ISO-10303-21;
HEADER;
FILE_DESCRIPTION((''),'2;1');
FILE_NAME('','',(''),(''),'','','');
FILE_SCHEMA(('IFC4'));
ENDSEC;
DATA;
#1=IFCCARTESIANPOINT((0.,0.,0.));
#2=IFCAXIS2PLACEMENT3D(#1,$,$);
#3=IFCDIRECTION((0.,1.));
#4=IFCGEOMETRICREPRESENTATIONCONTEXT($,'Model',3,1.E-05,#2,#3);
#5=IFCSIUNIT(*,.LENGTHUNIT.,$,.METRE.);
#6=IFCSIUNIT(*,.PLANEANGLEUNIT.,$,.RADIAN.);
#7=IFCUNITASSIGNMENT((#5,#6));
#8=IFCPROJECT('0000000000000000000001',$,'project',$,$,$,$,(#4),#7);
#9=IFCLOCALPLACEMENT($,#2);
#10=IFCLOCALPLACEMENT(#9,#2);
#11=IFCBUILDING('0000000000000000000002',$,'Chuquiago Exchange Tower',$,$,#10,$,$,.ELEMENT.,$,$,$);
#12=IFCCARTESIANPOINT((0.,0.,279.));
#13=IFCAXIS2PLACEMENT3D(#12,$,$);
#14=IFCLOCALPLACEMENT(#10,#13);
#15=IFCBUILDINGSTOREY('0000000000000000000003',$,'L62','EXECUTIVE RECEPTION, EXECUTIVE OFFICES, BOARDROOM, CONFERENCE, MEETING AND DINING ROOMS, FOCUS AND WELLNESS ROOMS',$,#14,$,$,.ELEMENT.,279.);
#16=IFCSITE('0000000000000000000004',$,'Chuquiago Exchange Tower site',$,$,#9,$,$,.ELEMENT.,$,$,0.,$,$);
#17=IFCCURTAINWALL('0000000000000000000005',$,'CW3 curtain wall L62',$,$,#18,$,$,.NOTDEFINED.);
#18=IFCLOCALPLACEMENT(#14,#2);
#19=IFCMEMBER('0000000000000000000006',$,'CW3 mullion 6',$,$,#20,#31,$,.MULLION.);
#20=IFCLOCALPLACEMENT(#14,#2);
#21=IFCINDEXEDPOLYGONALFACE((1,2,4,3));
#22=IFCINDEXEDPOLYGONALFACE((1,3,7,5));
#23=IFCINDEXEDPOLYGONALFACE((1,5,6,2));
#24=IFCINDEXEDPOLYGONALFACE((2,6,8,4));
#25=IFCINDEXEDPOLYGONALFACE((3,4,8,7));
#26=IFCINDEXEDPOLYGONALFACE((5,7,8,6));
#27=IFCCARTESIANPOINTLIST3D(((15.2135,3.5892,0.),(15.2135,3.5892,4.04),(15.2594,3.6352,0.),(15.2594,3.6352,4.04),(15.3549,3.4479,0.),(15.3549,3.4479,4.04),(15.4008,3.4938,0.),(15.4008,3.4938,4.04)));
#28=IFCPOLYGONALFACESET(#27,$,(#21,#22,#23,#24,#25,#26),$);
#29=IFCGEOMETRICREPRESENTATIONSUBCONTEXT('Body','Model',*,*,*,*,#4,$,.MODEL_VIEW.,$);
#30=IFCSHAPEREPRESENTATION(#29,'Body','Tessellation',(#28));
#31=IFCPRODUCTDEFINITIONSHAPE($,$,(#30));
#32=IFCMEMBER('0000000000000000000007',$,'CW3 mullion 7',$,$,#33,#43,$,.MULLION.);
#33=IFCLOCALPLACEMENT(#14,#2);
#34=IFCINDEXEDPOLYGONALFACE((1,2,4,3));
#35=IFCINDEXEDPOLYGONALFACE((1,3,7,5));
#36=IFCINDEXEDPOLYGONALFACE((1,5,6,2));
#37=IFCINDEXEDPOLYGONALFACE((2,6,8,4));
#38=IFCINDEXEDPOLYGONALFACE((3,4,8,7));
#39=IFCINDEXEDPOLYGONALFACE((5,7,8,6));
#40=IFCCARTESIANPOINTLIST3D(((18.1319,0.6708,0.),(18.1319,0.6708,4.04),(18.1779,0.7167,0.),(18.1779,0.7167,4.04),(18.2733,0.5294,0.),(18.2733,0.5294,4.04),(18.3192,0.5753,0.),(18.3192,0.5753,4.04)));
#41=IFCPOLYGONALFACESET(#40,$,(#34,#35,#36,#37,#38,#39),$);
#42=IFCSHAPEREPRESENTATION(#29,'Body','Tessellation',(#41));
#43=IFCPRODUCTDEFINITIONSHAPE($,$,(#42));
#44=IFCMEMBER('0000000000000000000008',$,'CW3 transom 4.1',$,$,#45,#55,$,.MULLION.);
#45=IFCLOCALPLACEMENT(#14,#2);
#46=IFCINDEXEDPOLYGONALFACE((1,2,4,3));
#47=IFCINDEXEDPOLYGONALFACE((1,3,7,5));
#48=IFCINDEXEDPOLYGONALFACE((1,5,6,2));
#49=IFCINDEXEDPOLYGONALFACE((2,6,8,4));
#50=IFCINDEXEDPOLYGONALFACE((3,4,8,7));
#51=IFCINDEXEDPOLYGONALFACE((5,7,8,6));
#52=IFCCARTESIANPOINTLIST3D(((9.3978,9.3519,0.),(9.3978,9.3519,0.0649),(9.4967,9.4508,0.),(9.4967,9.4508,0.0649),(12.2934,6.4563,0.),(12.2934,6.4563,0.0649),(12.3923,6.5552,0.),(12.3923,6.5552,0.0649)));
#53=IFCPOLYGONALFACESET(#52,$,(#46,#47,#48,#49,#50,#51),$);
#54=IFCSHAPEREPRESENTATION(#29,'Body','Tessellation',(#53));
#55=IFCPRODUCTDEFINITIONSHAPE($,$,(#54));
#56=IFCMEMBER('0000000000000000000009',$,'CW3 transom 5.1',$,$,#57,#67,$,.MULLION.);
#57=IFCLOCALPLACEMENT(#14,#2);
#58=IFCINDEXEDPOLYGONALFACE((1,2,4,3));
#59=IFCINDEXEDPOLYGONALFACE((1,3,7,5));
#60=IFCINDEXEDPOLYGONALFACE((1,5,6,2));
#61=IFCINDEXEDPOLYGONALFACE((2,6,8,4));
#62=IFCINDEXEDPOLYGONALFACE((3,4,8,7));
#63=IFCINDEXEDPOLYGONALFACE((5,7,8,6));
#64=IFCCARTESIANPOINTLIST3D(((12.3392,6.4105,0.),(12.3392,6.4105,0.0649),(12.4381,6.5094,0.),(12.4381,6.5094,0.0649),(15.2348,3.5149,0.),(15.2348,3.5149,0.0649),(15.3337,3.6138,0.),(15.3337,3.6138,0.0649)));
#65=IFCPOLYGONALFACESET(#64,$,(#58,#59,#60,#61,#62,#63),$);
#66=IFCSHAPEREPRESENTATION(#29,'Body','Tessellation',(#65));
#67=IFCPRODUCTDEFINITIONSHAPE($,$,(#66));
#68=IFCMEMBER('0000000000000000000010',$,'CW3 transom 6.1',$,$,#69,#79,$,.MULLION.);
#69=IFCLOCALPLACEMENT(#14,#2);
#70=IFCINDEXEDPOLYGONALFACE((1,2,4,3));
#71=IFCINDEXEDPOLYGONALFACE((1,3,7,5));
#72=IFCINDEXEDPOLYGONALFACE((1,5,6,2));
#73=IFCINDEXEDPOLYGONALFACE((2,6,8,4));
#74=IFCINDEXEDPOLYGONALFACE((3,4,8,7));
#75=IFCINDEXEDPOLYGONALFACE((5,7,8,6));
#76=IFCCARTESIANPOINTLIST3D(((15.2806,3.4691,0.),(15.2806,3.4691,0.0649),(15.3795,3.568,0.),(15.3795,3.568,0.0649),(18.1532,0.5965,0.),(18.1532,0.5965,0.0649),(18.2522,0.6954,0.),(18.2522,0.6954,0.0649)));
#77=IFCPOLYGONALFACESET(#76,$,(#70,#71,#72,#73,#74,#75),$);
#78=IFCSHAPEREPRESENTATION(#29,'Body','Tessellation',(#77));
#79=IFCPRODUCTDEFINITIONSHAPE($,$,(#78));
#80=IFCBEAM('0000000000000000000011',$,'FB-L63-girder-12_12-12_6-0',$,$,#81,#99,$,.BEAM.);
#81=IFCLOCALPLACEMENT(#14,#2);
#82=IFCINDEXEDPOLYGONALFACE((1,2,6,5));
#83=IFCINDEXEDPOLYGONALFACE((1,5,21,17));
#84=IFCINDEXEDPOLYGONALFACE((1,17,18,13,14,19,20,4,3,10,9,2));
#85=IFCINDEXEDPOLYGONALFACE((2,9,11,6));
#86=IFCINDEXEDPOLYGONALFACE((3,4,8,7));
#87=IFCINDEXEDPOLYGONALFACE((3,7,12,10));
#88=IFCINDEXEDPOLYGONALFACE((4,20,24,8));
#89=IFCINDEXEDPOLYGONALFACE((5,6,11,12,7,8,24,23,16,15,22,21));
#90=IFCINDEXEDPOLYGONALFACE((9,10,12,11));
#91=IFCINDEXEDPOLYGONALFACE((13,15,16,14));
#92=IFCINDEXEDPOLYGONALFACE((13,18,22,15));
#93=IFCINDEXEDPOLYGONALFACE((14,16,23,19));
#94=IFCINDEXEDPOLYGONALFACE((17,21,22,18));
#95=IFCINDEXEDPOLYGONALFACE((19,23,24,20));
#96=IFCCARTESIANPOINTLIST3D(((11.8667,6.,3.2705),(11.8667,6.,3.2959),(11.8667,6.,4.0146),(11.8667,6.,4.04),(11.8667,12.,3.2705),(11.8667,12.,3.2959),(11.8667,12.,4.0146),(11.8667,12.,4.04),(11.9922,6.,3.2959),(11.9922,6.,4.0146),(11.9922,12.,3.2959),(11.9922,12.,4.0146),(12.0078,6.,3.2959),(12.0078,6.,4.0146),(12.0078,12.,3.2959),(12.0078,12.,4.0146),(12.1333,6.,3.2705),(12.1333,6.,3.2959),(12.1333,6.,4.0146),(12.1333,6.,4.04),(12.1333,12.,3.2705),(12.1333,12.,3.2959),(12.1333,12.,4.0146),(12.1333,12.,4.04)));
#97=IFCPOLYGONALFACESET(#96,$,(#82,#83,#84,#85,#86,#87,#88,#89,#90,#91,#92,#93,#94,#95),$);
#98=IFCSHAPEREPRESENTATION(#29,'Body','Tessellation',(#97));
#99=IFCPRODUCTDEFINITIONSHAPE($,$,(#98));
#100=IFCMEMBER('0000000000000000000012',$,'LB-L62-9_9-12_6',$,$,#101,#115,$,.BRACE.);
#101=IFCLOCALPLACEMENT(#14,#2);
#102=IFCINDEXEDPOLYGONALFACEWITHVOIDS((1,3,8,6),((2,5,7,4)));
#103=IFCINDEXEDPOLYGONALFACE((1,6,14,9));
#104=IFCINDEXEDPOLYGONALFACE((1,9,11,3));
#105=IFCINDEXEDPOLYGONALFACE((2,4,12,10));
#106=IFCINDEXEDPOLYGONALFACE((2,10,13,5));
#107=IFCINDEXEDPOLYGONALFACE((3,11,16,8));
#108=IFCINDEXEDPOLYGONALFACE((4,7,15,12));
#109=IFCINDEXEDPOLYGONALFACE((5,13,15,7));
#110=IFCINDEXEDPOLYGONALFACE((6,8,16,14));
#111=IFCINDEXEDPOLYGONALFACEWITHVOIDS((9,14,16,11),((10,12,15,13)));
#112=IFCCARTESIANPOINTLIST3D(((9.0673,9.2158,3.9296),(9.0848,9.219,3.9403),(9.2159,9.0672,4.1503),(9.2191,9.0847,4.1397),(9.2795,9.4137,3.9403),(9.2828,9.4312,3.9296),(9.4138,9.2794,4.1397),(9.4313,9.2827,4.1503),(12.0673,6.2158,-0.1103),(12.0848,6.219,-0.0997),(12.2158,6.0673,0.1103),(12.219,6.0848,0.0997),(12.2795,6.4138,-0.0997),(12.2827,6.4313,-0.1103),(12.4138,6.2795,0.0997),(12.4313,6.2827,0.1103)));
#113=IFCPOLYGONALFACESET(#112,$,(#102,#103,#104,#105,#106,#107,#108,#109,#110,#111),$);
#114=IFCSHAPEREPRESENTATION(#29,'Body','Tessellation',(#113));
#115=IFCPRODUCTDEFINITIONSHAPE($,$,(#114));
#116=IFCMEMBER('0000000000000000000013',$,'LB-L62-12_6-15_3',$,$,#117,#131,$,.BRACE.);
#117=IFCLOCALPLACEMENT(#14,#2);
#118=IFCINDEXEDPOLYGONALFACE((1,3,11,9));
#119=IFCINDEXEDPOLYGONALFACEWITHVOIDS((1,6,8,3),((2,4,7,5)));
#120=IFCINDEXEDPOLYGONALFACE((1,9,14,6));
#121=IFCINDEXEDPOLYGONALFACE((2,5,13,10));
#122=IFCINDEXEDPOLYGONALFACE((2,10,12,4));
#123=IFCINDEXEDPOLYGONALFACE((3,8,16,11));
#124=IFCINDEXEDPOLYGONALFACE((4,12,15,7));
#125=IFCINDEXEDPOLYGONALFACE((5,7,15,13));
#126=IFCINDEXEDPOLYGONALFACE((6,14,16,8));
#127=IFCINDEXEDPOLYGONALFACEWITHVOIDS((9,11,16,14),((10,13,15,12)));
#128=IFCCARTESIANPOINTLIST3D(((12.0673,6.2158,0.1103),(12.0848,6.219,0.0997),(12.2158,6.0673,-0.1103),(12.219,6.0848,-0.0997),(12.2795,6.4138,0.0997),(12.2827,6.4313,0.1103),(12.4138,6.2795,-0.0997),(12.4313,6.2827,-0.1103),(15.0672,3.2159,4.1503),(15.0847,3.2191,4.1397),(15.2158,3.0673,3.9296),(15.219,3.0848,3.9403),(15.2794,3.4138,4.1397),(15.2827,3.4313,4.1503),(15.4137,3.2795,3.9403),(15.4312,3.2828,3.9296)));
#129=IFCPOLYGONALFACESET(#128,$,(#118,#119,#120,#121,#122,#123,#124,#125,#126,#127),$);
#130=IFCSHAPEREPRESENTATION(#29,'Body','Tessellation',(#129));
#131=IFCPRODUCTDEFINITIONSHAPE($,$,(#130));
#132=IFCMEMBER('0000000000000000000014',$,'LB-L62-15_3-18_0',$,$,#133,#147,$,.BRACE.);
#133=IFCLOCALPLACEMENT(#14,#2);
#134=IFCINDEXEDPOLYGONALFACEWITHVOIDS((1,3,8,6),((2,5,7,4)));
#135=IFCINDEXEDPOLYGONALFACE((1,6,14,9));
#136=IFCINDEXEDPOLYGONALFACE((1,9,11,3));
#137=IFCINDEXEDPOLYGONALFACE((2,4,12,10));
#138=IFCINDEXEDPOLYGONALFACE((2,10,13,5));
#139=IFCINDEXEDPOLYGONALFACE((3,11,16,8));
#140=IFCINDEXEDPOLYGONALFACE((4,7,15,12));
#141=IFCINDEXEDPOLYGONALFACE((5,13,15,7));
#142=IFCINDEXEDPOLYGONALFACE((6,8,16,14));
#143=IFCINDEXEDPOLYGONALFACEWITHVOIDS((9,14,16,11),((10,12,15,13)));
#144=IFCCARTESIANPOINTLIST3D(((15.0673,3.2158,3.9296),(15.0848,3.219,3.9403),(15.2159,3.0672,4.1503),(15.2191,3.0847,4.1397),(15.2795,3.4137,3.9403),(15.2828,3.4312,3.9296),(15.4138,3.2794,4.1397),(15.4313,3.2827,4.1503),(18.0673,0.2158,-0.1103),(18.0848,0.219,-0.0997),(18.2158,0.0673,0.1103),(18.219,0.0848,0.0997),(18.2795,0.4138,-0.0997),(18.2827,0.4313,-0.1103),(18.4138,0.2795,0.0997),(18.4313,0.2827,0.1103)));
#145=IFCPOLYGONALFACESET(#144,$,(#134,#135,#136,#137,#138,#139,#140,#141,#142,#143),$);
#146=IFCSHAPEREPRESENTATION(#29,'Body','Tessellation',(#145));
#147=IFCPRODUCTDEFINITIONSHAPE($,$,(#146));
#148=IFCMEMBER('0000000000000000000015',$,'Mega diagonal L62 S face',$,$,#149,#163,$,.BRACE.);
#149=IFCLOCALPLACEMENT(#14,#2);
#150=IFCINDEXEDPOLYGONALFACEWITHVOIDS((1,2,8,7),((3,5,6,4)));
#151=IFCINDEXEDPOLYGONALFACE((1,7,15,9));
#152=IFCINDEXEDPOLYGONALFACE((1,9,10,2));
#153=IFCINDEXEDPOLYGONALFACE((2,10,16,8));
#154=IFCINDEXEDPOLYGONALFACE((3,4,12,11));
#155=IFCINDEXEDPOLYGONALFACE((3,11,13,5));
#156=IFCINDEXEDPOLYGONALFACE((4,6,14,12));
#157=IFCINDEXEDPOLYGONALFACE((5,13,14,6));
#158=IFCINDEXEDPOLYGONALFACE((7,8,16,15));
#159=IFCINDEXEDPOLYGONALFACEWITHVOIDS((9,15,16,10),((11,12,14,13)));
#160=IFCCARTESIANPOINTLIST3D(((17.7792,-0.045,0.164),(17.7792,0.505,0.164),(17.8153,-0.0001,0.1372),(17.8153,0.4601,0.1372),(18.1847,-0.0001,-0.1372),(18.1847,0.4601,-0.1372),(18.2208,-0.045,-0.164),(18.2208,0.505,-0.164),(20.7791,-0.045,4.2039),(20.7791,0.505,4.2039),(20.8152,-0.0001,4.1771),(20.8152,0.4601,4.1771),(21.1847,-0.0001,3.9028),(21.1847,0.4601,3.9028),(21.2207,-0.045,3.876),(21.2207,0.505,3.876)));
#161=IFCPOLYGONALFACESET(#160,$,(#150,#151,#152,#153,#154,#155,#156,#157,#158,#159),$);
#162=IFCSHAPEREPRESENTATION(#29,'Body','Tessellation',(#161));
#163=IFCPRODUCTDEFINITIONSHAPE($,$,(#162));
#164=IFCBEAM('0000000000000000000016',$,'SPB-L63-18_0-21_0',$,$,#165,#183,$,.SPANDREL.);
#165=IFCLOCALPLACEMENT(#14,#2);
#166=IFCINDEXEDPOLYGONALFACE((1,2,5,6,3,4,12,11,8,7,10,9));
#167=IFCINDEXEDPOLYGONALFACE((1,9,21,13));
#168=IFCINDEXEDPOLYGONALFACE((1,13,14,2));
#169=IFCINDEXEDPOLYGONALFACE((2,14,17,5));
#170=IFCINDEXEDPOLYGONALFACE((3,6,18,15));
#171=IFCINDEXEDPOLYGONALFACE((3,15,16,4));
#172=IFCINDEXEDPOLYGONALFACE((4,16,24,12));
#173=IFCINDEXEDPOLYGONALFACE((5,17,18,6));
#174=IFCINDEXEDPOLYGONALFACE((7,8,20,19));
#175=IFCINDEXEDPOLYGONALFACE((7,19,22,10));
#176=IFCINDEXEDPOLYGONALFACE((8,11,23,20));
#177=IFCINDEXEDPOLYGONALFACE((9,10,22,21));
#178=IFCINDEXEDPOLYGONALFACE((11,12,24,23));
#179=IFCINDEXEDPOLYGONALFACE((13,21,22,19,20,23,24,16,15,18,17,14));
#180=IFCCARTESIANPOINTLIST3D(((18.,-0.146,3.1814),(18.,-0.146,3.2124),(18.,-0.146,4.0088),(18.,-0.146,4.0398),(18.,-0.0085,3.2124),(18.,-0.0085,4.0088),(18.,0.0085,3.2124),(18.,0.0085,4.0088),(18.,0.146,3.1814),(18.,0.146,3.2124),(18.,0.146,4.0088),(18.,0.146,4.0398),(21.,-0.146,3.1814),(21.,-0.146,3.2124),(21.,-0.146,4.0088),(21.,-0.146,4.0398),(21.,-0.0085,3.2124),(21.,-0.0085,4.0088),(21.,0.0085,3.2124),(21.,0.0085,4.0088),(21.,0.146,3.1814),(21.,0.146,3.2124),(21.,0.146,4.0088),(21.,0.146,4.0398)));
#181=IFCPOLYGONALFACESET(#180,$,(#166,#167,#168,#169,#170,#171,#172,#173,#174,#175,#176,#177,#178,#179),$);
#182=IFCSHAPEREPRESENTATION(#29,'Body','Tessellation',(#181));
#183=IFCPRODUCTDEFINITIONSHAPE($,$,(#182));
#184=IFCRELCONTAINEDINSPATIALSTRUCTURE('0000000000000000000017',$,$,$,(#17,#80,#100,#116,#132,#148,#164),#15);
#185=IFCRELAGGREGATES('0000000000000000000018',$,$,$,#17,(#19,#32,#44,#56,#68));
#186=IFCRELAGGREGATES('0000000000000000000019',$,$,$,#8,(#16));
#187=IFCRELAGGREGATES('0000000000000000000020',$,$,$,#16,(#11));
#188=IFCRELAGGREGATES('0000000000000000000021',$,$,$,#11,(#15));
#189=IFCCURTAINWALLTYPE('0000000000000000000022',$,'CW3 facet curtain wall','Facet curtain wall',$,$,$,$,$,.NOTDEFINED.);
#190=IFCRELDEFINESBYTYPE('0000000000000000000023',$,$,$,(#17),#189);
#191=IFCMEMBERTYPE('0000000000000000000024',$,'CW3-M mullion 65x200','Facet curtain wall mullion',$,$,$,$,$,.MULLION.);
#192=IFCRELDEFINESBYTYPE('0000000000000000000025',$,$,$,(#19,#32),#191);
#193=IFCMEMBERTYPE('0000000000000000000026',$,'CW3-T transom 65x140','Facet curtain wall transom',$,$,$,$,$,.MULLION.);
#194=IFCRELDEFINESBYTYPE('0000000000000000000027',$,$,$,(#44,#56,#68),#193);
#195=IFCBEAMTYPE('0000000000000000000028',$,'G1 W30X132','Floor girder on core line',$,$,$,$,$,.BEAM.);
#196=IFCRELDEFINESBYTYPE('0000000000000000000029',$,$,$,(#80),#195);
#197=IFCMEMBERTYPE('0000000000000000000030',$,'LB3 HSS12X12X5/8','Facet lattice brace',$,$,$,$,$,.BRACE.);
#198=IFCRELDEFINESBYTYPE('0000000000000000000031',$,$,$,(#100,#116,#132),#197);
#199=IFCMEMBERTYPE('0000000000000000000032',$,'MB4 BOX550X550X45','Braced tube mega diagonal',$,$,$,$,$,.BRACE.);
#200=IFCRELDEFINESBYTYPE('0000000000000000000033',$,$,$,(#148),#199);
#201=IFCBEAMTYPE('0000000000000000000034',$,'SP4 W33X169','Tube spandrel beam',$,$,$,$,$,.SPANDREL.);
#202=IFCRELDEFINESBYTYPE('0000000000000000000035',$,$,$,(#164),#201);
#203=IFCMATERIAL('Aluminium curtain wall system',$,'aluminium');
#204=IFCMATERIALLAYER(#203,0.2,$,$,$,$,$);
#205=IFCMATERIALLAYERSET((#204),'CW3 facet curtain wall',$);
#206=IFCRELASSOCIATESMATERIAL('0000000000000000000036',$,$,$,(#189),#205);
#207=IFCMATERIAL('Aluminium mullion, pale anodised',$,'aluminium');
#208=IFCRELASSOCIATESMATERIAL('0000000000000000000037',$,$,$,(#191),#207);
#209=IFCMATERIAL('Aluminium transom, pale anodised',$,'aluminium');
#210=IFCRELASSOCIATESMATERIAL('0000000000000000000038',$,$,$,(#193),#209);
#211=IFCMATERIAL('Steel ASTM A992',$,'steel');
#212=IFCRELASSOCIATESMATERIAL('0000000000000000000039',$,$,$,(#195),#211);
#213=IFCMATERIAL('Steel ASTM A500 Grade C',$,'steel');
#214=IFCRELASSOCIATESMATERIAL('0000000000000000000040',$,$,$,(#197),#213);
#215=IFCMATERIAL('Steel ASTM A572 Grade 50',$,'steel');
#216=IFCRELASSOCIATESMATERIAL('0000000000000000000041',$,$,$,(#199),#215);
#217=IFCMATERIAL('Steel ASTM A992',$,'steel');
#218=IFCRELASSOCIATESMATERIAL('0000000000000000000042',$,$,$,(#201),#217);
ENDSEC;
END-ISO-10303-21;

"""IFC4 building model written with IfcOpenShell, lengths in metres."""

from ifc_helpers import new_model, si_unit, direction, frame, origin, origin_2d, place, context, subcontext, project, spatial, rectangle, hollow_rectangle, i_section, extrude, material, layer, layer_set, material_profile, profile_set, type_object, element, aggregate, save


model = new_model("IFC4")

# Units and contexts
model_context = context("Model", 3, precision=1e-05, world=origin(), true_north=direction((0.0, 1.0)))
body_context = subcontext(model_context, "Body", "Model", "MODEL_VIEW")
ifc_project = project(units=[si_unit("LENGTHUNIT", "METRE"), si_unit("PLANEANGLEUNIT", "RADIAN")], contexts=[model_context])

# Site, building, storey
site_placement = place(None, origin())
site = spatial("IfcSite", under=ifc_project, at=site_placement, Name="Chuquiago Exchange Tower site", CompositionType="ELEMENT", RefElevation=0.0)
building_placement = place(site_placement, origin())
building = spatial("IfcBuilding", under=site, at=building_placement, Name="Chuquiago Exchange Tower", CompositionType="ELEMENT")
storey_placement = place(building_placement, frame((0.0, 0.0, 279.0)))
storey = spatial("IfcBuildingStorey", under=building, at=storey_placement, Name="L62", Description="EXECUTIVE RECEPTION, EXECUTIVE OFFICES, BOARDROOM, CONFERENCE, MEETING AND DINING ROOMS, FOCUS AND WELLNESS ROOMS", CompositionType="ELEMENT", Elevation=279.0)

# Curtain wall, members
ifc_material_1 = material(Name="Aluminium curtain wall system", Category="aluminium")
ifc_layer_1 = layer(ifc_material_1, 0.2)
ifc_layer_set_1 = layer_set([ifc_layer_1], Name="CW3 facet curtain wall")
curtain_wall_type_1 = type_object("IfcCurtainWallType", Name="CW3 facet curtain wall", Description="Facet curtain wall", PredefinedType="NOTDEFINED", material=ifc_layer_set_1)
curtain_wall_1_placement = place(storey_placement, origin())
curtain_wall_1 = element("IfcCurtainWall", 1, at=curtain_wall_1_placement, inside=storey, type_object=curtain_wall_type_1, Name="CW3 curtain wall L62", PredefinedType="NOTDEFINED")
ifc_material_2 = material(Name="Aluminium mullion, pale anodised", Category="aluminium")
ifc_material_profile_1 = material_profile(ifc_material_2, rectangle(XDim=0.0649, YDim=0.2, at=origin_2d()), Name="AL 65x200")
ifc_profile_set_1 = profile_set([ifc_material_profile_1], Name="Aluminium mullion, pale anodised")
member_type_1 = type_object("IfcMemberType", Name="CW3-M mullion 65x200", Description="Facet curtain wall mullion", PredefinedType="MULLION", material=ifc_profile_set_1)
member_1_placement = place(storey_placement, frame((15.3071, 3.5415, 0.0), z_axis=(0.0, 0.0, 1.0), x_axis=(0.707107, 0.707107, 0.0)))
member_1 = element("IfcMember", 2, at=member_1_placement, type_object=member_type_1, Name="CW3 mullion 6", PredefinedType="MULLION", context=body_context, shape_type="SweptSolid", body=[
    extrude(rectangle(XDim=0.0649, YDim=0.2, at=origin_2d()), origin(), (0.0, 0.0, 1.0), 4.04),
])
member_2_placement = place(storey_placement, frame((18.2256, 0.623, 0.0), z_axis=(0.0, 0.0, 1.0), x_axis=(0.707107, 0.707107, 0.0)))
member_2 = element("IfcMember", 3, at=member_2_placement, type_object=member_type_1, Name="CW3 mullion 7", PredefinedType="MULLION", context=body_context, shape_type="SweptSolid", body=[
    extrude(rectangle(XDim=0.0649, YDim=0.2, at=origin_2d()), origin(), (0.0, 0.0, 1.0), 4.04),
])
ifc_material_3 = material(Name="Aluminium transom, pale anodised", Category="aluminium")
ifc_material_profile_2 = material_profile(ifc_material_3, rectangle(XDim=0.1399, YDim=0.0649, at=origin_2d()), Name="AL 140x65")
ifc_profile_set_2 = profile_set([ifc_material_profile_2], Name="Aluminium transom, pale anodised")
member_type_2 = type_object("IfcMemberType", Name="CW3-T transom 65x140", Description="Facet curtain wall transom", PredefinedType="MULLION", material=ifc_profile_set_2)
member_3_placement = place(storey_placement, frame((9.4473, 9.4014, 0.0325), z_axis=(0.707107, -0.707107, 0.0), x_axis=(0.707107, 0.707107, 0.0)))
member_3 = element("IfcMember", 4, at=member_3_placement, type_object=member_type_2, Name="CW3 transom 4.1", PredefinedType="MULLION", context=body_context, shape_type="SweptSolid", body=[
    extrude(rectangle(XDim=0.1399, YDim=0.0649, at=origin_2d()), origin(), (0.0, 0.0, 1.0), 4.095),
])
member_4_placement = place(storey_placement, frame((12.3887, 6.46, 0.0325), z_axis=(0.707107, -0.707107, 0.0), x_axis=(0.707107, 0.707107, 0.0)))
member_4 = element("IfcMember", 5, at=member_4_placement, type_object=member_type_2, Name="CW3 transom 5.1", PredefinedType="MULLION", context=body_context, shape_type="SweptSolid", body=[
    extrude(rectangle(XDim=0.1399, YDim=0.0649, at=origin_2d()), origin(), (0.0, 0.0, 1.0), 4.095),
])
member_5_placement = place(storey_placement, frame((15.3301, 3.5186, 0.0325), z_axis=(0.707107, -0.707107, 0.0), x_axis=(0.707107, 0.707107, 0.0)))
member_5 = element("IfcMember", 6, at=member_5_placement, type_object=member_type_2, Name="CW3 transom 6.1", PredefinedType="MULLION", context=body_context, shape_type="SweptSolid", body=[
    extrude(rectangle(XDim=0.1399, YDim=0.0649, at=origin_2d()), origin(), (0.0, 0.0, 1.0), 4.0625),
])

# Beam
ifc_material_4 = material(Name="Steel ASTM A992", Category="steel")
ifc_material_profile_3 = material_profile(ifc_material_4, i_section(OverallWidth=0.2666, OverallDepth=0.7695, WebThickness=0.0156, FlangeThickness=0.0254, at=origin_2d()), Name="W30X132")
ifc_profile_set_3 = profile_set([ifc_material_profile_3], Name="Steel ASTM A992")
beam_type_1 = type_object("IfcBeamType", Name="G1 W30X132", Description="Floor girder on core line", PredefinedType="BEAM", material=ifc_profile_set_3)
beam_1_placement = place(storey_placement, frame((12.0, 12.0, 3.6553), z_axis=(0.0, -1.0, 0.0), x_axis=(1.0, 0.0, 0.0)))
element("IfcBeam", 7, at=beam_1_placement, inside=storey, type_object=beam_type_1, Name="FB-L63-girder-12_12-12_6-0", PredefinedType="BEAM", context=body_context, shape_type="SweptSolid", body=[
    extrude(i_section(OverallWidth=0.2666, OverallDepth=0.7695, WebThickness=0.0156, FlangeThickness=0.0254, at=origin_2d()), origin(), (0.0, 0.0, 1.0), 6.0),
])

# Members
ifc_material_5 = material(Name="Steel ASTM A500 Grade C", Category="steel")
ifc_material_profile_4 = material_profile(ifc_material_5, hollow_rectangle(XDim=0.3047, YDim=0.3047, WallThickness=0.0146, at=origin_2d()), Name="HSS12X12X5/8")
ifc_profile_set_4 = profile_set([ifc_material_profile_4], Name="Steel ASTM A500 Grade C")
member_type_3 = type_object("IfcMemberType", Name="LB3 HSS12X12X5/8", Description="Facet lattice brace", PredefinedType="BRACE", material=ifc_profile_set_4)
for number, where, z_axis, x_axis, name in (
    (8, (12.2493, 6.2493, 0.0), (-0.512077, 0.512077, 0.689604), (-0.707107, -0.707107, 0.0), "LB-L62-9_9-12_6"),
    (9, (12.2493, 6.2493, 0.0), (0.512077, -0.512077, 0.689604), (0.707107, 0.707107, 0.0), "LB-L62-12_6-15_3"),
    (10, (18.2493, 0.2493, 0.0), (-0.512077, 0.512077, 0.689604), (-0.707107, -0.707107, 0.0), "LB-L62-15_3-18_0"),
):
    element("IfcMember", number, at=place(storey_placement, frame(where, z_axis=z_axis, x_axis=x_axis)), inside=storey, type_object=member_type_3, Name=name, PredefinedType="BRACE", context=body_context, shape_type="SweptSolid", body=[
        extrude(hollow_rectangle(XDim=0.3047, YDim=0.3047, WallThickness=0.0146, at=origin_2d()), origin(), (0.0, 0.0, 1.0), 5.8584),
    ])
ifc_material_6 = material(Name="Steel ASTM A572 Grade 50", Category="steel")
ifc_material_profile_5 = material_profile(ifc_material_6, hollow_rectangle(XDim=0.55, YDim=0.55, WallThickness=0.0449, at=origin_2d()), Name="BOX550X550X45")
ifc_profile_set_5 = profile_set([ifc_material_profile_5], Name="Steel ASTM A572 Grade 50")
member_type_4 = type_object("IfcMemberType", Name="MB4 BOX550X550X45", Description="Braced tube mega diagonal", PredefinedType="BRACE", material=ifc_profile_set_5)
member_6_placement = place(storey_placement, frame((18.0, 0.23, 0.0), z_axis=(0.596174, 0.0, 0.802855), x_axis=(0.0, 1.0, 0.0)))
element("IfcMember", 11, at=member_6_placement, inside=storey, type_object=member_type_4, Name="Mega diagonal L62 S face", PredefinedType="BRACE", context=body_context, shape_type="SweptSolid", body=[
    extrude(hollow_rectangle(XDim=0.55, YDim=0.55, WallThickness=0.0449, at=origin_2d()), origin(), (0.0, 0.0, 1.0), 5.032),
])

# Beam
ifc_material_7 = material(Name="Steel ASTM A992", Category="steel")
ifc_material_profile_6 = material_profile(ifc_material_7, i_section(OverallWidth=0.292, OverallDepth=0.8584, WebThickness=0.0171, FlangeThickness=0.031, at=origin_2d()), Name="W33X169")
ifc_profile_set_6 = profile_set([ifc_material_profile_6], Name="Steel ASTM A992")
beam_type_2 = type_object("IfcBeamType", Name="SP4 W33X169", Description="Tube spandrel beam", PredefinedType="SPANDREL", material=ifc_profile_set_6)
beam_2_placement = place(storey_placement, frame((18.0, 0.0, 3.6106), z_axis=(1.0, 0.0, 0.0), x_axis=(0.0, 1.0, 0.0)))
element("IfcBeam", 12, at=beam_2_placement, inside=storey, type_object=beam_type_2, Name="SPB-L63-18_0-21_0", PredefinedType="SPANDREL", context=body_context, shape_type="SweptSolid", body=[
    extrude(i_section(OverallWidth=0.292, OverallDepth=0.8584, WebThickness=0.0171, FlangeThickness=0.031, at=origin_2d()), origin(), (0.0, 0.0, 1.0), 3.0),
])

aggregate(curtain_wall_1, [member_1, member_2, member_3, member_4, member_5])

save(model, "model.ifc")
